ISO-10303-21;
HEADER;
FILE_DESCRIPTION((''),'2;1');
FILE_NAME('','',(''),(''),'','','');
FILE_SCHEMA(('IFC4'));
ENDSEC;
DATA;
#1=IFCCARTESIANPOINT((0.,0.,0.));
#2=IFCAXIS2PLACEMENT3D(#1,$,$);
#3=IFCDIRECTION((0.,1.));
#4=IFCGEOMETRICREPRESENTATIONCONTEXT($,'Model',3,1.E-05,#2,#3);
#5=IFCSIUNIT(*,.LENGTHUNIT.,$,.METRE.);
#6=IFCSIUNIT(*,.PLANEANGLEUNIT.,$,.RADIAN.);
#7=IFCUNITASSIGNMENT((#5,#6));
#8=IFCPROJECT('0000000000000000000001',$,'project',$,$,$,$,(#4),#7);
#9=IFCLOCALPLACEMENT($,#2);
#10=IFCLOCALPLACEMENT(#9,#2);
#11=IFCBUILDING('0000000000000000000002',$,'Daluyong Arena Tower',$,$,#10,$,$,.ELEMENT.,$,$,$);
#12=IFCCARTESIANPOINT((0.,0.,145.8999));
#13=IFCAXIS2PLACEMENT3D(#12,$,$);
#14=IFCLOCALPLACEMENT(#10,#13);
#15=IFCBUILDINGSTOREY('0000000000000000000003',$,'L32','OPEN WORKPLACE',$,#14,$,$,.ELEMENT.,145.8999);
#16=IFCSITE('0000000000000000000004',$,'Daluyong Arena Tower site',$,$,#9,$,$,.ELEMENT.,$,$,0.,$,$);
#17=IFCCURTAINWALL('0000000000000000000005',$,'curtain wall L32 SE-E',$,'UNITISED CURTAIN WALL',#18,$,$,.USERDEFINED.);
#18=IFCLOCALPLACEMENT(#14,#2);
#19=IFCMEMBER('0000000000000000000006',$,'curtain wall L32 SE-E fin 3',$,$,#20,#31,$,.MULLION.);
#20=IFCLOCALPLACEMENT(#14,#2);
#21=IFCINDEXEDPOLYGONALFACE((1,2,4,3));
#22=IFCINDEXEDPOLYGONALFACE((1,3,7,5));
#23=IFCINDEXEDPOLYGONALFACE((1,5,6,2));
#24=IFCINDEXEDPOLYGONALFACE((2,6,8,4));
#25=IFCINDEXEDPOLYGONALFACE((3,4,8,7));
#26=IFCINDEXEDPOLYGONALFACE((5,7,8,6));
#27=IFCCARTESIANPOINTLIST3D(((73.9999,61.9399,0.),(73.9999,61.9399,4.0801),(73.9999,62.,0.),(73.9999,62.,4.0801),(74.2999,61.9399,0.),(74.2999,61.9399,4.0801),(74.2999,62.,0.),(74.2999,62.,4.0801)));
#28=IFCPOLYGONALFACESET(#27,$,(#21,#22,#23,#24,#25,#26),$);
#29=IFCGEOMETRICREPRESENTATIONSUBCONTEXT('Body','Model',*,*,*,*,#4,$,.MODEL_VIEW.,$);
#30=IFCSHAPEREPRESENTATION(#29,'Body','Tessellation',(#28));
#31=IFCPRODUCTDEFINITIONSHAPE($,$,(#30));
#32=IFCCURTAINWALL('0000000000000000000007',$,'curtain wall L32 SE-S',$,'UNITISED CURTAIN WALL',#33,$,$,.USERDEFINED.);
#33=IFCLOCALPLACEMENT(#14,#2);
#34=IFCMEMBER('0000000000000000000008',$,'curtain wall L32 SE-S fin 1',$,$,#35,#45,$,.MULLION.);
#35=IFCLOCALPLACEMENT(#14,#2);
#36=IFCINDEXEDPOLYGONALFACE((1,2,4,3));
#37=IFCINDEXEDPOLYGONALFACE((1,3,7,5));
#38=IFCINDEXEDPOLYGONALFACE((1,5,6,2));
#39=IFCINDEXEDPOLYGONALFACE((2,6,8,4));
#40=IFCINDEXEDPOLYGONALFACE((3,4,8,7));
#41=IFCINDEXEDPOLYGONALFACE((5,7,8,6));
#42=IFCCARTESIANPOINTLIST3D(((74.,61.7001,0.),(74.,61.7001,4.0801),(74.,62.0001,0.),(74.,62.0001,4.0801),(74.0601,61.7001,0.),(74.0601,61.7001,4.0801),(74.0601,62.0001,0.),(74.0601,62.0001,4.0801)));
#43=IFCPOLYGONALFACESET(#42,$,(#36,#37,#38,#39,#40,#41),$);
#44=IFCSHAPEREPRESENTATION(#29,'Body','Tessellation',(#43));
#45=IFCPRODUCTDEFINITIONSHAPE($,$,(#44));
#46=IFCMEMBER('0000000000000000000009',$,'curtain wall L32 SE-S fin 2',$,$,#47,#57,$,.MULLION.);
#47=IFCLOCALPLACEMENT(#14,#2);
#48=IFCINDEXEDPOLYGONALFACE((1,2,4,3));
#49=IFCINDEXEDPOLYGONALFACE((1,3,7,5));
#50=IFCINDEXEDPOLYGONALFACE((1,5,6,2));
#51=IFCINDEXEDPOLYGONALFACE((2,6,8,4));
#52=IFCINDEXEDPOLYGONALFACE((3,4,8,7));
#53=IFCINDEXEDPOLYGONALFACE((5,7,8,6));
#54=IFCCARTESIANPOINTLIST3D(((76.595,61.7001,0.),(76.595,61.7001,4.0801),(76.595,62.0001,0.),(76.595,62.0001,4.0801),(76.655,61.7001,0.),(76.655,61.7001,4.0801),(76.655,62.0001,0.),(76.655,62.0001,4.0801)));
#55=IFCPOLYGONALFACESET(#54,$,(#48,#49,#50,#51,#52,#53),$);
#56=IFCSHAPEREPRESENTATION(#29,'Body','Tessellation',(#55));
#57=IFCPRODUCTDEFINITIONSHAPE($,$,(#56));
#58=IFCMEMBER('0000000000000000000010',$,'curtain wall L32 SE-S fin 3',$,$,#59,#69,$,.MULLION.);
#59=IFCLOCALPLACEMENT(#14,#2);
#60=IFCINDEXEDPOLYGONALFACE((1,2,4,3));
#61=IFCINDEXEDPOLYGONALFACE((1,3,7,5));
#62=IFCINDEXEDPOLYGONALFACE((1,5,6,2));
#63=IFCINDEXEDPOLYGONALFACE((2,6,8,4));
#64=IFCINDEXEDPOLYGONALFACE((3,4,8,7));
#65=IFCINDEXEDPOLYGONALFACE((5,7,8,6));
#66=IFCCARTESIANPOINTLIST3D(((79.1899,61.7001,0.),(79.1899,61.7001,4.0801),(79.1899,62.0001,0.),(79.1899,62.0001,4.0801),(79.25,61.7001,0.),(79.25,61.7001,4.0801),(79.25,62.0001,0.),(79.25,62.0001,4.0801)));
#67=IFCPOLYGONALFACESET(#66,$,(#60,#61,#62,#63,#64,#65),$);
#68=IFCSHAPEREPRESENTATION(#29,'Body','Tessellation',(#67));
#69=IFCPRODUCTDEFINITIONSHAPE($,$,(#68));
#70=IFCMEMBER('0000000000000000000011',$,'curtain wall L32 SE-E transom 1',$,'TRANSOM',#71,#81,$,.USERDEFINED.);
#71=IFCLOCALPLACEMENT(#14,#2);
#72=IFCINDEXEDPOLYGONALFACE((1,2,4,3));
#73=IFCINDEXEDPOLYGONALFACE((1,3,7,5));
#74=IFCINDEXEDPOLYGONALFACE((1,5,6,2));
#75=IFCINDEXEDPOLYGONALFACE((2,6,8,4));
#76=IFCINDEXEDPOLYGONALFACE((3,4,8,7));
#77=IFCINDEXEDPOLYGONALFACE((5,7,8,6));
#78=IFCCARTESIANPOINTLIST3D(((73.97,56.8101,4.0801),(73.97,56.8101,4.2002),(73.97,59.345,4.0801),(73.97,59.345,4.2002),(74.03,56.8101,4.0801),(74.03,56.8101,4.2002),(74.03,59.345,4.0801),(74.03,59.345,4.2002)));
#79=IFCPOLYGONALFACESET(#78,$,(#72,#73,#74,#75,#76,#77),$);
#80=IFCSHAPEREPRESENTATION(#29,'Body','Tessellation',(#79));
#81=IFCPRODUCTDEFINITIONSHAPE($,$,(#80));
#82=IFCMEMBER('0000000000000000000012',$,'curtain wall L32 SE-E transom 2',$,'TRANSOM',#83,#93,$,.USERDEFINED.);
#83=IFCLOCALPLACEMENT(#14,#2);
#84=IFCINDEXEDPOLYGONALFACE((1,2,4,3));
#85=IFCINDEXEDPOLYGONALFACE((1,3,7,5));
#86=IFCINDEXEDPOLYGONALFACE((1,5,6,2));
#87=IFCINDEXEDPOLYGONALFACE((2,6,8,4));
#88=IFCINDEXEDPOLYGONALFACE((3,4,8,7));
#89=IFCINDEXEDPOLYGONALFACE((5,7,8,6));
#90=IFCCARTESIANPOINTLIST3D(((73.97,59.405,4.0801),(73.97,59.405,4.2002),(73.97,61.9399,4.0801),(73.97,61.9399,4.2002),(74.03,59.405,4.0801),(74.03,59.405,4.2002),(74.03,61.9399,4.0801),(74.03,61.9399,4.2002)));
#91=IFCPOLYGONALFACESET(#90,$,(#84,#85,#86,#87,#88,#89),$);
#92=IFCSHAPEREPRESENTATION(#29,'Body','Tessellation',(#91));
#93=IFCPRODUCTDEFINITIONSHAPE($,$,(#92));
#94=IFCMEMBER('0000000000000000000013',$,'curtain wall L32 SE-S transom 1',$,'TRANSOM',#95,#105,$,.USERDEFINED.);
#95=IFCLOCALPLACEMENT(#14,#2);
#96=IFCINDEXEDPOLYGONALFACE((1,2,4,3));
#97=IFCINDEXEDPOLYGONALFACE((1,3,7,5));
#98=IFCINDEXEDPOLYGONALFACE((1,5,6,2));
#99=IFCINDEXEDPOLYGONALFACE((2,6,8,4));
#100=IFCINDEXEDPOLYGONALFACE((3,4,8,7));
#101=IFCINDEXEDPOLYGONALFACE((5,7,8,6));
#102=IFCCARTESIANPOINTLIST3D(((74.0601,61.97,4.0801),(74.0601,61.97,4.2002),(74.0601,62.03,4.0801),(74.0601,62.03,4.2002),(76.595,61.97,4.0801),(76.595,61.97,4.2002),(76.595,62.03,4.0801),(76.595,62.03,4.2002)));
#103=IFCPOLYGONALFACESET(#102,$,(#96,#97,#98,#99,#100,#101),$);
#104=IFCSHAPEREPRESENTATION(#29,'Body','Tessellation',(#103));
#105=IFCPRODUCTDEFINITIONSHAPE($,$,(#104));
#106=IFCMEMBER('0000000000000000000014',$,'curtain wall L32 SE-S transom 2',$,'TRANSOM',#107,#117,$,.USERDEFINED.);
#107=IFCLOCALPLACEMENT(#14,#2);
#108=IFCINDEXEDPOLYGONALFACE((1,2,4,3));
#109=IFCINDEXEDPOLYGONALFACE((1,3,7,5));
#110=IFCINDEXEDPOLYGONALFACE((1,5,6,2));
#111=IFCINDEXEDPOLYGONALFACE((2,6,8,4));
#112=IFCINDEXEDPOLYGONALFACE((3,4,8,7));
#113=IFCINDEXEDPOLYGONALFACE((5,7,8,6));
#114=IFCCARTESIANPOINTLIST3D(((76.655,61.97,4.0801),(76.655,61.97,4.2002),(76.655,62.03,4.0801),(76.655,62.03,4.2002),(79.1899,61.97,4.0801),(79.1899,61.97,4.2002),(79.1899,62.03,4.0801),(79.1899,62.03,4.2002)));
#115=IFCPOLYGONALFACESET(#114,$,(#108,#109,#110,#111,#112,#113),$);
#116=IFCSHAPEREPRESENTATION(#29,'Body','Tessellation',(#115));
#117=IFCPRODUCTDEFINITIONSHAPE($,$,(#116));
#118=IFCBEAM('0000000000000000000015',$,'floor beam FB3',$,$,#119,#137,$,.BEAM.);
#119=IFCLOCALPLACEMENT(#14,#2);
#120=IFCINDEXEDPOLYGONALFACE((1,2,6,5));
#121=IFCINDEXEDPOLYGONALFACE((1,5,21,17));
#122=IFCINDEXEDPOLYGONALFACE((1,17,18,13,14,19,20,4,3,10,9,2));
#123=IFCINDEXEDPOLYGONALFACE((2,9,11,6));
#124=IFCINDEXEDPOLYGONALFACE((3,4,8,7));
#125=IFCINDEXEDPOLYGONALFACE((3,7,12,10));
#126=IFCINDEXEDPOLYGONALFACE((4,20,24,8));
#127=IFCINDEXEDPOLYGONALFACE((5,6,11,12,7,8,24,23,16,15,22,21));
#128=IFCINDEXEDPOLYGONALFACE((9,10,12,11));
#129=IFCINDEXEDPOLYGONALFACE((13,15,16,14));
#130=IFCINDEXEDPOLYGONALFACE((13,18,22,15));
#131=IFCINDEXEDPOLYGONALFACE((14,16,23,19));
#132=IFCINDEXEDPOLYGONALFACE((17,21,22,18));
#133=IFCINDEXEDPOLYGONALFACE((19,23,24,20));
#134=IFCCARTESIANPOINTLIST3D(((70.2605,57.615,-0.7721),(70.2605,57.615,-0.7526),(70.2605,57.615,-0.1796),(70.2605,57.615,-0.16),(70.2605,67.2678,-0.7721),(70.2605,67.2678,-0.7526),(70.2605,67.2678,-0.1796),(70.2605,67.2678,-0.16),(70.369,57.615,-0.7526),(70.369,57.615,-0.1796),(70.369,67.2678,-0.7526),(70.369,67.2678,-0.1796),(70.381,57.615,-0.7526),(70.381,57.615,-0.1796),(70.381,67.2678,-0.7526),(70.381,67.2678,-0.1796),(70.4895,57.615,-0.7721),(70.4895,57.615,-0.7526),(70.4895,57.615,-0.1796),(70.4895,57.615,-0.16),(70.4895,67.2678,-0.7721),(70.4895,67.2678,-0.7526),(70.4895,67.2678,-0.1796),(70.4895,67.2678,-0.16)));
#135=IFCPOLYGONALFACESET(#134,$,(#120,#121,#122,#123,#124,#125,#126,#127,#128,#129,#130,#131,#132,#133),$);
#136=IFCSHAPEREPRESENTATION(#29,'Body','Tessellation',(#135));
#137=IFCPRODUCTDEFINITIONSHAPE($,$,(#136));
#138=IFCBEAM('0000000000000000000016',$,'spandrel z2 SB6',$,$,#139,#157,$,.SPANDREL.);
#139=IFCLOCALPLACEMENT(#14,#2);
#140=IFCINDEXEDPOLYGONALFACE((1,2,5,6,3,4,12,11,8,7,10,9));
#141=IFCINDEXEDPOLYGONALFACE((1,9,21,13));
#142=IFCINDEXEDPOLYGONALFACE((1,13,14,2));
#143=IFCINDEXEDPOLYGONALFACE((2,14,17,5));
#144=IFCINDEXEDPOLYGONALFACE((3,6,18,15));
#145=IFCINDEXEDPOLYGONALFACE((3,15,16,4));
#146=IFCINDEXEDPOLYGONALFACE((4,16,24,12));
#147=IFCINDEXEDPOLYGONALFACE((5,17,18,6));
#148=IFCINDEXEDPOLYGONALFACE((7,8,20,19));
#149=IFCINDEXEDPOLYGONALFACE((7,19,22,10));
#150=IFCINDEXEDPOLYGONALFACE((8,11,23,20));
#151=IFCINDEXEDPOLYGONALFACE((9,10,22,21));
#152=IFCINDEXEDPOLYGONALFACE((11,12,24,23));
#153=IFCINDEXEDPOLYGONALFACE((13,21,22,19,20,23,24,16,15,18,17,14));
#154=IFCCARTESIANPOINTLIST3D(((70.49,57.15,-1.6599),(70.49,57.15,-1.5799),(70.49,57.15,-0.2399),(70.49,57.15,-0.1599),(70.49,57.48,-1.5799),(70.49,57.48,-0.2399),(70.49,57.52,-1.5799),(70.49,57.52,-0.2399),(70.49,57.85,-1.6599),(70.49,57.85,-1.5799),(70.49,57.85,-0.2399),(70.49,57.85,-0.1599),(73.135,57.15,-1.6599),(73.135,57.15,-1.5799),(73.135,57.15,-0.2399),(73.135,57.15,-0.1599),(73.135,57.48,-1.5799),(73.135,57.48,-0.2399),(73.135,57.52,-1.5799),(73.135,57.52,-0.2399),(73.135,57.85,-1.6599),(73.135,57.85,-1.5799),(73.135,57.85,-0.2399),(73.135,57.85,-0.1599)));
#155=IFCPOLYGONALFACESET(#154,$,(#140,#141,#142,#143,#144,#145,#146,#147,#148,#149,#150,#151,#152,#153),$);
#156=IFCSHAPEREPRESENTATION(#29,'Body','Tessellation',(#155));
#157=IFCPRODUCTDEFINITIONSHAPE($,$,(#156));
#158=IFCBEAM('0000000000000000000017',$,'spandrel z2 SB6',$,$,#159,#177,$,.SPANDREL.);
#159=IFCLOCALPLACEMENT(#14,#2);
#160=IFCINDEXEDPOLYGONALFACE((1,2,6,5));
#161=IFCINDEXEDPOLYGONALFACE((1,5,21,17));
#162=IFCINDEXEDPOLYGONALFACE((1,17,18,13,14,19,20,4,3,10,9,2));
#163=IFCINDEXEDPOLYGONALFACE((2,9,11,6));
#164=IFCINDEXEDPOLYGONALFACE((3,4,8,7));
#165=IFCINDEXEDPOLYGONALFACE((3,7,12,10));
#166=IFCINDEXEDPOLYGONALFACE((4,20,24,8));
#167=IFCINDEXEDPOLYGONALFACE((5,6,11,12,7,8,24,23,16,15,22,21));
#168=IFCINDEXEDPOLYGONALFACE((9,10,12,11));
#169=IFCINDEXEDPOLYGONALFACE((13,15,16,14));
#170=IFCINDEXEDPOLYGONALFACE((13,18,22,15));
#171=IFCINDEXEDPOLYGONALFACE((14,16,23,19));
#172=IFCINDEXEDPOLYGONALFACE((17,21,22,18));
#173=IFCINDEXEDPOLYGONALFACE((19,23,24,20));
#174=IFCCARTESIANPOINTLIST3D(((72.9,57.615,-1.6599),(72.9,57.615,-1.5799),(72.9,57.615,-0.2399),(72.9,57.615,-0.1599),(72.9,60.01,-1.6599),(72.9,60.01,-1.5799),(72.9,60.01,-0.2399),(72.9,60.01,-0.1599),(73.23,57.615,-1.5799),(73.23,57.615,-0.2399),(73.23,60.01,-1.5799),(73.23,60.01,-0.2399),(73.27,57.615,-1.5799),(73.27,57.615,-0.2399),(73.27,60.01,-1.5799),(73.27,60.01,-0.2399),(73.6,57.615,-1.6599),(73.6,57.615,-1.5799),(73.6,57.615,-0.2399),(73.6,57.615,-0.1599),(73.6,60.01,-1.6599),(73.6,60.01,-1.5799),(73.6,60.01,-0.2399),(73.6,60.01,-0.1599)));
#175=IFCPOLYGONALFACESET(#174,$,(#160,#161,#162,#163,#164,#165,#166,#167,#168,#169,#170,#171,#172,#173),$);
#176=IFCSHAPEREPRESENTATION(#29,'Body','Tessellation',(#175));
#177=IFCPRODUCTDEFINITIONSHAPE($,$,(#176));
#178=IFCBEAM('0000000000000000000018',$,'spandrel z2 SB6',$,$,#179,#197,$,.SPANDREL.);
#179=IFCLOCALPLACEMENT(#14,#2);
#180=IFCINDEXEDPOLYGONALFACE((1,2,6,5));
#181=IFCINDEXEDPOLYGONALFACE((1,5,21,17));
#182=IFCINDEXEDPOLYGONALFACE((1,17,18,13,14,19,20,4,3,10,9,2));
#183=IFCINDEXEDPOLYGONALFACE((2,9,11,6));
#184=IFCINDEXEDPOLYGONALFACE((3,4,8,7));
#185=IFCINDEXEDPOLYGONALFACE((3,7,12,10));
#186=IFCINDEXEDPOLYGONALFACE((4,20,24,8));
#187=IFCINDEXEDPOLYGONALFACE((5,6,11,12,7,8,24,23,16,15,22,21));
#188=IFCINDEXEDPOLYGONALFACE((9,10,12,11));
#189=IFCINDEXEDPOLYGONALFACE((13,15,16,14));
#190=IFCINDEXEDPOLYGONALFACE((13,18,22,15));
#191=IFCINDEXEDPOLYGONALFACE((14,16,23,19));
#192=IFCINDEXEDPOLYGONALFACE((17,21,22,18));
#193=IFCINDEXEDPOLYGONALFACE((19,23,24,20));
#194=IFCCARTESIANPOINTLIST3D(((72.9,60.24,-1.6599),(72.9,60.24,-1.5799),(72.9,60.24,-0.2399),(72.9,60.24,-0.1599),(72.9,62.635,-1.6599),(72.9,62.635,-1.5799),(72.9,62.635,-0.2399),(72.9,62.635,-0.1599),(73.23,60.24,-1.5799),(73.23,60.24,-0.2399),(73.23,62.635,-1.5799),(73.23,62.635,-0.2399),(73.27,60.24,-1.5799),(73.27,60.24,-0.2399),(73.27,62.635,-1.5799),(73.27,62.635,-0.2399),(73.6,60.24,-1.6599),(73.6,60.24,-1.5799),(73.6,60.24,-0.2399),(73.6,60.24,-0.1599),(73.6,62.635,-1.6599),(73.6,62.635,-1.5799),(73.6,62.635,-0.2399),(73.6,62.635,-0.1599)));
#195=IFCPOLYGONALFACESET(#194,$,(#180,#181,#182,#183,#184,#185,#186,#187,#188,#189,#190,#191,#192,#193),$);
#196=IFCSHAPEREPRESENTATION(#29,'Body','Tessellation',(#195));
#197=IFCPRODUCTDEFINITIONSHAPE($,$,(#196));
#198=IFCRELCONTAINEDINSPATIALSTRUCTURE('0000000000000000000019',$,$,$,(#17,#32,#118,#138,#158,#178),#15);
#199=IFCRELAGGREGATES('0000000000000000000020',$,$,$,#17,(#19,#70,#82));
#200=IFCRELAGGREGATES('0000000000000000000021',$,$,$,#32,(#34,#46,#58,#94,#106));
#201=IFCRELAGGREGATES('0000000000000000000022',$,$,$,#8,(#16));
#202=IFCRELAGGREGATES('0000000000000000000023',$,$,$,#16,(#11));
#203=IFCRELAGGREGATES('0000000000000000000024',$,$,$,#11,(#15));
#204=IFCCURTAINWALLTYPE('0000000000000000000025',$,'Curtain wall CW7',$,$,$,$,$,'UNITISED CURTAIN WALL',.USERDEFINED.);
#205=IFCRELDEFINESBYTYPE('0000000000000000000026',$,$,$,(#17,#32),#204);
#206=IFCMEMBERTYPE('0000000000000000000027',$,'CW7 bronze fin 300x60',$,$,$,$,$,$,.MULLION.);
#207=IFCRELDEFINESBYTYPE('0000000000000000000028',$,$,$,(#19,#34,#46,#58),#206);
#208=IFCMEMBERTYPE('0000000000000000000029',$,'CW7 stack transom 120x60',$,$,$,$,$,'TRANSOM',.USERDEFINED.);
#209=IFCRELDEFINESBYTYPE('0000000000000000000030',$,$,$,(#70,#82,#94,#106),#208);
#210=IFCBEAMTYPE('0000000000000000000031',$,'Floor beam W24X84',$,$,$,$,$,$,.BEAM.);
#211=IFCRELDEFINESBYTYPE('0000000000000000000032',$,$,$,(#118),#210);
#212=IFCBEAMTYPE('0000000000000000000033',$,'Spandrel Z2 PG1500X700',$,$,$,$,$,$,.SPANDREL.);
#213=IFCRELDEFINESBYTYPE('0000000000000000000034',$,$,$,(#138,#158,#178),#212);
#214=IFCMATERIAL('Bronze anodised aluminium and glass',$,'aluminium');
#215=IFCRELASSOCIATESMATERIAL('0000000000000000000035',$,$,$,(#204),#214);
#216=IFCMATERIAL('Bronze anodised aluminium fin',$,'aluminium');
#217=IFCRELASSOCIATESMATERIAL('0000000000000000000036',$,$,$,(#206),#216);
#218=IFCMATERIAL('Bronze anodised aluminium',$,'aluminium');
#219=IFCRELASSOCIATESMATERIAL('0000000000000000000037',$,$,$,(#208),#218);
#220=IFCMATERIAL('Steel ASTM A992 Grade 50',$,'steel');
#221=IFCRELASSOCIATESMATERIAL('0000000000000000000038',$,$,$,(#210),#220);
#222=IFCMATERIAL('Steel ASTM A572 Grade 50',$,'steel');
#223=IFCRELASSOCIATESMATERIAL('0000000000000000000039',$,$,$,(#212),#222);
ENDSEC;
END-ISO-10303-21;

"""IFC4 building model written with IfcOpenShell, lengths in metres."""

from ifc_helpers import new_model, si_unit, direction, frame, origin, origin_2d, place, context, subcontext, project, spatial, rectangle, i_section, extrude, material, material_profile, profile_set, type_object, element, aggregate, save


model = new_model("IFC4")

# Units and contexts
model_context = context("Model", 3, precision=1e-05, world=origin(), true_north=direction((0.0, 1.0)))
body_context = subcontext(model_context, "Body", "Model", "MODEL_VIEW")
ifc_project = project(units=[si_unit("LENGTHUNIT", "METRE"), si_unit("PLANEANGLEUNIT", "RADIAN")], contexts=[model_context])

# Site, building, storey
site_placement = place(None, origin())
site = spatial("IfcSite", under=ifc_project, at=site_placement, Name="Daluyong Arena Tower site", CompositionType="ELEMENT", RefElevation=0.0)
building_placement = place(site_placement, origin())
building = spatial("IfcBuilding", under=site, at=building_placement, Name="Daluyong Arena Tower", CompositionType="ELEMENT")
storey_placement = place(building_placement, frame((0.0, 0.0, 145.8999)))
storey = spatial("IfcBuildingStorey", under=building, at=storey_placement, Name="L32", Description="OPEN WORKPLACE", CompositionType="ELEMENT", Elevation=145.8999)

# Curtain walls, members
ifc_material_1 = material(Name="Bronze anodised aluminium and glass", Category="aluminium")
curtain_wall_type_1 = type_object("IfcCurtainWallType", Name="Curtain wall CW7", ElementType="UNITISED CURTAIN WALL", PredefinedType="USERDEFINED", material=ifc_material_1)
curtain_wall_1_placement = place(storey_placement, origin())
curtain_wall_1 = element("IfcCurtainWall", 1, at=curtain_wall_1_placement, inside=storey, type_object=curtain_wall_type_1, Name="curtain wall L32 SE-E", ObjectType="UNITISED CURTAIN WALL", PredefinedType="USERDEFINED")
ifc_material_2 = material(Name="Bronze anodised aluminium fin", Category="aluminium")
ifc_material_profile_1 = material_profile(ifc_material_2, rectangle(XDim=0.3, YDim=0.0601, at=origin_2d()))
ifc_profile_set_1 = profile_set([ifc_material_profile_1], Name="Bronze anodised aluminium fin")
member_type_1 = type_object("IfcMemberType", Name="CW7 bronze fin 300x60", PredefinedType="MULLION", material=ifc_profile_set_1)
member_1_placement = place(storey_placement, frame((74.1499, 61.97, 0.0), z_axis=(0.0, 0.0, 1.0), x_axis=(-1.0, 0.0, 0.0)))
member_1 = element("IfcMember", 2, at=member_1_placement, type_object=member_type_1, Name="curtain wall L32 SE-E fin 3", PredefinedType="MULLION", context=body_context, shape_type="SweptSolid", body=[
    extrude(rectangle(XDim=0.3, YDim=0.0601, at=origin_2d()), origin(), (0.0, 0.0, 1.0), 4.0801),
])
curtain_wall_2_placement = place(storey_placement, origin())
curtain_wall_2 = element("IfcCurtainWall", 3, at=curtain_wall_2_placement, inside=storey, type_object=curtain_wall_type_1, Name="curtain wall L32 SE-S", ObjectType="UNITISED CURTAIN WALL", PredefinedType="USERDEFINED")
member_2_placement = place(storey_placement, frame((74.03, 61.8501, 0.0), z_axis=(0.0, 0.0, 1.0), x_axis=(0.0, 1.0, 0.0)))
member_2 = element("IfcMember", 4, at=member_2_placement, type_object=member_type_1, Name="curtain wall L32 SE-S fin 1", PredefinedType="MULLION", context=body_context, shape_type="SweptSolid", body=[
    extrude(rectangle(XDim=0.3, YDim=0.0601, at=origin_2d()), origin(), (0.0, 0.0, 1.0), 4.0801),
])
member_3_placement = place(storey_placement, frame((76.625, 61.8501, 0.0), z_axis=(0.0, 0.0, 1.0), x_axis=(0.0, 1.0, 0.0)))
member_3 = element("IfcMember", 5, at=member_3_placement, type_object=member_type_1, Name="curtain wall L32 SE-S fin 2", PredefinedType="MULLION", context=body_context, shape_type="SweptSolid", body=[
    extrude(rectangle(XDim=0.3, YDim=0.0601, at=origin_2d()), origin(), (0.0, 0.0, 1.0), 4.0801),
])
member_4_placement = place(storey_placement, frame((79.22, 61.8501, 0.0), z_axis=(0.0, 0.0, 1.0), x_axis=(0.0, 1.0, 0.0)))
member_4 = element("IfcMember", 6, at=member_4_placement, type_object=member_type_1, Name="curtain wall L32 SE-S fin 3", PredefinedType="MULLION", context=body_context, shape_type="SweptSolid", body=[
    extrude(rectangle(XDim=0.3, YDim=0.0601, at=origin_2d()), origin(), (0.0, 0.0, 1.0), 4.0801),
])

# Members
ifc_material_3 = material(Name="Bronze anodised aluminium", Category="aluminium")
ifc_material_profile_2 = material_profile(ifc_material_3, rectangle(XDim=0.0601, YDim=0.1201, at=origin_2d()))
ifc_profile_set_2 = profile_set([ifc_material_profile_2], Name="Bronze anodised aluminium")
member_type_2 = type_object("IfcMemberType", Name="CW7 stack transom 120x60", ElementType="TRANSOM", PredefinedType="USERDEFINED", material=ifc_profile_set_2)
member_5_placement = place(storey_placement, frame((74.0, 56.8101, 4.1401), z_axis=(0.0, 1.0, 0.0), x_axis=(-1.0, 0.0, 0.0)))
member_5 = element("IfcMember", 7, at=member_5_placement, type_object=member_type_2, Name="curtain wall L32 SE-E transom 1", ObjectType="TRANSOM", PredefinedType="USERDEFINED", context=body_context, shape_type="SweptSolid", body=[
    extrude(rectangle(XDim=0.0601, YDim=0.1201, at=origin_2d()), origin(), (0.0, 0.0, 1.0), 2.5349),
])
member_6_placement = place(storey_placement, frame((74.0, 59.405, 4.1401), z_axis=(0.0, 1.0, 0.0), x_axis=(-1.0, 0.0, 0.0)))
member_6 = element("IfcMember", 8, at=member_6_placement, type_object=member_type_2, Name="curtain wall L32 SE-E transom 2", ObjectType="TRANSOM", PredefinedType="USERDEFINED", context=body_context, shape_type="SweptSolid", body=[
    extrude(rectangle(XDim=0.0601, YDim=0.1201, at=origin_2d()), origin(), (0.0, 0.0, 1.0), 2.5349),
])
member_7_placement = place(storey_placement, frame((74.0601, 62.0, 4.1401), z_axis=(1.0, 0.0, 0.0), x_axis=(0.0, 1.0, 0.0)))
member_7 = element("IfcMember", 9, at=member_7_placement, type_object=member_type_2, Name="curtain wall L32 SE-S transom 1", ObjectType="TRANSOM", PredefinedType="USERDEFINED", context=body_context, shape_type="SweptSolid", body=[
    extrude(rectangle(XDim=0.0601, YDim=0.1201, at=origin_2d()), origin(), (0.0, 0.0, 1.0), 2.5349),
])
member_8_placement = place(storey_placement, frame((76.655, 62.0, 4.1401), z_axis=(1.0, 0.0, 0.0), x_axis=(0.0, 1.0, 0.0)))
member_8 = element("IfcMember", 10, at=member_8_placement, type_object=member_type_2, Name="curtain wall L32 SE-S transom 2", ObjectType="TRANSOM", PredefinedType="USERDEFINED", context=body_context, shape_type="SweptSolid", body=[
    extrude(rectangle(XDim=0.0601, YDim=0.1201, at=origin_2d()), origin(), (0.0, 0.0, 1.0), 2.5349),
])

# Beams
ifc_material_4 = material(Name="Steel ASTM A992 Grade 50", Category="steel")
ifc_material_profile_3 = material_profile(ifc_material_4, i_section(OverallWidth=0.229, OverallDepth=0.6121, WebThickness=0.012, FlangeThickness=0.0195, at=origin_2d()))
ifc_profile_set_3 = profile_set([ifc_material_profile_3], Name="Steel ASTM A992 Grade 50")
beam_type_1 = type_object("IfcBeamType", Name="Floor beam W24X84", PredefinedType="BEAM", material=ifc_profile_set_3)
beam_1_placement = place(storey_placement, frame((70.375, 57.615, -0.4661), z_axis=(0.0, 1.0, 0.0), x_axis=(-1.0, 0.0, 0.0)))
element("IfcBeam", 11, at=beam_1_placement, inside=storey, type_object=beam_type_1, Name="floor beam FB3", PredefinedType="BEAM", context=body_context, shape_type="SweptSolid", body=[
    extrude(i_section(OverallWidth=0.229, OverallDepth=0.6121, WebThickness=0.012, FlangeThickness=0.0195, at=origin_2d()), origin(), (0.0, 0.0, 1.0), 9.6528),
])
ifc_material_5 = material(Name="Steel ASTM A572 Grade 50", Category="steel")
ifc_material_profile_4 = material_profile(ifc_material_5, i_section(OverallWidth=0.7, OverallDepth=1.5, WebThickness=0.04, FlangeThickness=0.08, at=origin_2d()))
ifc_profile_set_4 = profile_set([ifc_material_profile_4], Name="Steel ASTM A572 Grade 50")
beam_type_2 = type_object("IfcBeamType", Name="Spandrel Z2 PG1500X700", PredefinedType="SPANDREL", material=ifc_profile_set_4)
beam_2_placement = place(storey_placement, frame((70.49, 57.5, -0.9099), z_axis=(1.0, 0.0, 0.0), x_axis=(0.0, 1.0, 0.0)))
element("IfcBeam", 12, at=beam_2_placement, inside=storey, type_object=beam_type_2, Name="spandrel z2 SB6", PredefinedType="SPANDREL", context=body_context, shape_type="SweptSolid", body=[
    extrude(i_section(OverallWidth=0.7, OverallDepth=1.5, WebThickness=0.04, FlangeThickness=0.08, at=origin_2d()), origin(), (0.0, 0.0, 1.0), 2.645),
])
for number, where, z_axis, x_axis, name in (
    (13, (73.25, 57.615, -0.9099), (0.0, 1.0, 0.0), (-1.0, 0.0, 0.0), "spandrel z2 SB6"),
    (14, (73.25, 60.24, -0.9099), (0.0, 1.0, 0.0), (-1.0, 0.0, 0.0), "spandrel z2 SB6"),
):
    element("IfcBeam", number, at=place(storey_placement, frame(where, z_axis=z_axis, x_axis=x_axis)), inside=storey, type_object=beam_type_2, Name=name, PredefinedType="SPANDREL", context=body_context, shape_type="SweptSolid", body=[
        extrude(i_section(OverallWidth=0.7, OverallDepth=1.5, WebThickness=0.04, FlangeThickness=0.08, at=origin_2d()), origin(), (0.0, 0.0, 1.0), 2.395),
    ])

aggregate(curtain_wall_1, [member_1, member_5, member_6])
aggregate(curtain_wall_2, [member_2, member_3, member_4, member_7, member_8])

save(model, "model.ifc")
